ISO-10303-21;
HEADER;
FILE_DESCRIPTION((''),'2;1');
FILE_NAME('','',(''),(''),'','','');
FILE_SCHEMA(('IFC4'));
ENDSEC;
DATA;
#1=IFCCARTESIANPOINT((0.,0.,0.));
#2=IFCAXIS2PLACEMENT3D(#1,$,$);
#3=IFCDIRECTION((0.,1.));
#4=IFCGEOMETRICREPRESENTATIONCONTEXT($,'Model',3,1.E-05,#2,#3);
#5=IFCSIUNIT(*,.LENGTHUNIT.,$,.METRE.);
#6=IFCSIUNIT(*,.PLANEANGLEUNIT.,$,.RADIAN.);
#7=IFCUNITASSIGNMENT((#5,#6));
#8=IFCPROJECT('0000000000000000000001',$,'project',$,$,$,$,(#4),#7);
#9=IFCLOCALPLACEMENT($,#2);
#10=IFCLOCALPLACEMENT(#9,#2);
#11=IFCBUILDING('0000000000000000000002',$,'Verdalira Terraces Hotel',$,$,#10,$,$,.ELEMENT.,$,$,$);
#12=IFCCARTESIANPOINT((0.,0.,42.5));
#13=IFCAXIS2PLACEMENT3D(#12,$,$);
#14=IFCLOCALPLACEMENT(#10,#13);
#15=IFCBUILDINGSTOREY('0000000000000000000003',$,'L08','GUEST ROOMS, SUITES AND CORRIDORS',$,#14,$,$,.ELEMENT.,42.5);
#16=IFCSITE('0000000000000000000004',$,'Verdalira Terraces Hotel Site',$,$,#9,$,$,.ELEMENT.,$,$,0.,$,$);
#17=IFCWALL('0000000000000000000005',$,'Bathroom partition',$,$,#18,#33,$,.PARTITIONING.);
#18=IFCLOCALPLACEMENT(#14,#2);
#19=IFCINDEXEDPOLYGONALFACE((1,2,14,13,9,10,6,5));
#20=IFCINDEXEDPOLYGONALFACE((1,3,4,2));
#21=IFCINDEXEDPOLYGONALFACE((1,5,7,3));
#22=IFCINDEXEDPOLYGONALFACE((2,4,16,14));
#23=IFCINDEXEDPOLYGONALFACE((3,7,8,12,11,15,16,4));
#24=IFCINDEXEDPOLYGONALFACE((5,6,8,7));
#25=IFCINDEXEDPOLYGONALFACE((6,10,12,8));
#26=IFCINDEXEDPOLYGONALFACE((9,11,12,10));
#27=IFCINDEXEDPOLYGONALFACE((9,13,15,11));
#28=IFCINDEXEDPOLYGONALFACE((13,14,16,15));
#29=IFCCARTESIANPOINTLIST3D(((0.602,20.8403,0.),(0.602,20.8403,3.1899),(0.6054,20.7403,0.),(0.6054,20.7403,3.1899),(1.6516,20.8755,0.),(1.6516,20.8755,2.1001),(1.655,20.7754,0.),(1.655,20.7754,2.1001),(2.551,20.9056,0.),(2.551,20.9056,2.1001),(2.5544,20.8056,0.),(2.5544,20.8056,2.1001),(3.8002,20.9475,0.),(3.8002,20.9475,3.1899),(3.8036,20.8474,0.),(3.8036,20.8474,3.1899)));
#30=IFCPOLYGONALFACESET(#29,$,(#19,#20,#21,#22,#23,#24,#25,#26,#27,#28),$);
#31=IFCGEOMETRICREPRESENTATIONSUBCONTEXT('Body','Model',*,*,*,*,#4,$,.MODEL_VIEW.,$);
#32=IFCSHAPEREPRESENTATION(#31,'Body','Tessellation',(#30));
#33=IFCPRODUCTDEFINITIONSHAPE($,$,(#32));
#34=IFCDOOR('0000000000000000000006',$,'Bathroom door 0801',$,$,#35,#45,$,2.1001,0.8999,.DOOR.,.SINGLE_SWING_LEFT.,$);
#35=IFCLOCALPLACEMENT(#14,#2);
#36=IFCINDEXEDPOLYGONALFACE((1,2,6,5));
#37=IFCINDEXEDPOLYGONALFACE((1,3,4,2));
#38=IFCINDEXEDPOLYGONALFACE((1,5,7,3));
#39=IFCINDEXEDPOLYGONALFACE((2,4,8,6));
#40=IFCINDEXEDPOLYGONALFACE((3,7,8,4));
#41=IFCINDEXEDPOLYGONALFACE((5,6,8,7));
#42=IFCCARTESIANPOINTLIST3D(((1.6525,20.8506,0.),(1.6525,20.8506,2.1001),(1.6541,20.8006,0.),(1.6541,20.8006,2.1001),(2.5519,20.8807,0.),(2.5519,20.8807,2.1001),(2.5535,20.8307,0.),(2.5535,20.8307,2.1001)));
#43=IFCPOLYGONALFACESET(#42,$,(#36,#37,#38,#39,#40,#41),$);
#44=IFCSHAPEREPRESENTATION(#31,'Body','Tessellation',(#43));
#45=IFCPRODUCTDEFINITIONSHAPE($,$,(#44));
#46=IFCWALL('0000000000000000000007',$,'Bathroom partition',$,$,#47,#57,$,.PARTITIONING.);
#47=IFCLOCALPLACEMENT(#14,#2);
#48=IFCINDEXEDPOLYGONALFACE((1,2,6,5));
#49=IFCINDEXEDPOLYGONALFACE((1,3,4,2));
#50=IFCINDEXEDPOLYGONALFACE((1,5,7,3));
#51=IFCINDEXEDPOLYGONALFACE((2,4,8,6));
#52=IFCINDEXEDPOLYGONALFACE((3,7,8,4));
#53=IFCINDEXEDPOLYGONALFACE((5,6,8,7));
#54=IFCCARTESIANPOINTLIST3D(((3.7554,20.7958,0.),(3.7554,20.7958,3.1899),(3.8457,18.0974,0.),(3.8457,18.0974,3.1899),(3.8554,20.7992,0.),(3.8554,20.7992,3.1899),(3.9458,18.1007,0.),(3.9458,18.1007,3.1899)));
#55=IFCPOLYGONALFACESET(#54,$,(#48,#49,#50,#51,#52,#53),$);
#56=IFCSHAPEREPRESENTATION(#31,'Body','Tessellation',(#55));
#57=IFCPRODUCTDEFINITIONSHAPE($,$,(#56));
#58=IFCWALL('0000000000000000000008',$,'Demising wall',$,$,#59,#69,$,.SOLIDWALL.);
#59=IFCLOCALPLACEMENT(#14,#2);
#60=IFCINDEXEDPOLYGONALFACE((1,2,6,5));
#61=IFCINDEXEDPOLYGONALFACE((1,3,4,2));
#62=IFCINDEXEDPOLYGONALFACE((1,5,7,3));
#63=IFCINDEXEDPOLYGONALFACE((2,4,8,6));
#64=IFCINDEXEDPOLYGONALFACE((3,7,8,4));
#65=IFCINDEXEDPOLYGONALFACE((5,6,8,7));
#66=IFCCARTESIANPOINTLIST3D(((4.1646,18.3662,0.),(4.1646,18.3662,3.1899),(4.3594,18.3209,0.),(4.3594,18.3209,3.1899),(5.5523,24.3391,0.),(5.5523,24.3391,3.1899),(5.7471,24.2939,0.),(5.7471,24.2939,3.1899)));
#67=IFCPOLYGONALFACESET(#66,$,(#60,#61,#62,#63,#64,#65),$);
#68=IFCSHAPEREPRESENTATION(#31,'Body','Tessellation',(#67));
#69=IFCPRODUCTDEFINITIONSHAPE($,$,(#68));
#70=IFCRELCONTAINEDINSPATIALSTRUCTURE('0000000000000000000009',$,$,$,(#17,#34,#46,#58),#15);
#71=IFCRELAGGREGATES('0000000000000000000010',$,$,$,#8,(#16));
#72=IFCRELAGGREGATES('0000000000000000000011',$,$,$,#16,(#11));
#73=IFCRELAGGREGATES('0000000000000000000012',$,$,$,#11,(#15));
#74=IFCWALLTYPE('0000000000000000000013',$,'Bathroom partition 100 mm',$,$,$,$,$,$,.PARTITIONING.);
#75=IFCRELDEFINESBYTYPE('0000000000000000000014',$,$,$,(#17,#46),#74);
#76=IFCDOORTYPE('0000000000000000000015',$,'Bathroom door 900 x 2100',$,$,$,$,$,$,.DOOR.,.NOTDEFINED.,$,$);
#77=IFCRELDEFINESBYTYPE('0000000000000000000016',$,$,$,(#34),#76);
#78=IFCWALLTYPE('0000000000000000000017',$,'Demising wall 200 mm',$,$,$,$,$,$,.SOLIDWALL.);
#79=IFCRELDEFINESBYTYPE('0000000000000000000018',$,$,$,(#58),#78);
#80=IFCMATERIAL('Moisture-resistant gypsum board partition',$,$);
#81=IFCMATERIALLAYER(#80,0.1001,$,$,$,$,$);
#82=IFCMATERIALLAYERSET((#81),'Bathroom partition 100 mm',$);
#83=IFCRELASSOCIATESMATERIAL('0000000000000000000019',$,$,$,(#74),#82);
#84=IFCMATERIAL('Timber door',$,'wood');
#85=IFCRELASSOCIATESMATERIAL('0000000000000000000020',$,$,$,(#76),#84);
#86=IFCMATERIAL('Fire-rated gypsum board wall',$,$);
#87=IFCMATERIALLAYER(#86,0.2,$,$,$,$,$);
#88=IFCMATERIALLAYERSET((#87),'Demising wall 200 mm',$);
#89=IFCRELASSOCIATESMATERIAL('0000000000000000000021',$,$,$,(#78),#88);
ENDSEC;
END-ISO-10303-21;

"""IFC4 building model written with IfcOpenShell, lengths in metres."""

from ifc_helpers import new_model, si_unit, direction, frame, frame_2d, origin, place, context, subcontext, project, spatial, rectangle, extrude, material, layer, layer_set, type_object, element, fill, save


model = new_model("IFC4")

# Units and contexts
model_context = context("Model", 3, precision=1e-05, world=origin(), true_north=direction((0.0, 1.0)))
body_context = subcontext(model_context, "Body", "Model", "MODEL_VIEW")
ifc_project = project(units=[si_unit("LENGTHUNIT", "METRE"), si_unit("PLANEANGLEUNIT", "RADIAN")], contexts=[model_context])

# Site, building, storey
site_placement = place(None, origin())
site = spatial("IfcSite", under=ifc_project, at=site_placement, Name="Verdalira Terraces Hotel Site", CompositionType="ELEMENT", RefElevation=0.0)
building_placement = place(site_placement, origin())
building = spatial("IfcBuilding", under=site, at=building_placement, Name="Verdalira Terraces Hotel", CompositionType="ELEMENT")
storey_placement = place(building_placement, frame((0.0, 0.0, 42.5)))
storey = spatial("IfcBuildingStorey", under=building, at=storey_placement, Name="L08", Description="GUEST ROOMS, SUITES AND CORRIDORS", CompositionType="ELEMENT", Elevation=42.5)

# Wall, opening, door
ifc_material_1 = material(Name="Moisture-resistant gypsum board partition")
ifc_layer_1 = layer(ifc_material_1, 0.1001)
ifc_layer_set_1 = layer_set([ifc_layer_1], Name="Bathroom partition 100 mm")
wall_type_1 = type_object("IfcWallType", Name="Bathroom partition 100 mm", PredefinedType="PARTITIONING", material=ifc_layer_set_1)
wall_1_placement = place(storey_placement, frame((3.802, 20.8975, 0.0), z_axis=(0.0, 0.0, 1.0), x_axis=(-0.999439, -0.033493, 0.0)))
wall_1 = element("IfcWall", 1, at=wall_1_placement, inside=storey, type_object=wall_type_1, Name="Bathroom partition", PredefinedType="PARTITIONING", context=body_context, shape_type="SweptSolid", body=[
    extrude(rectangle(XDim=3.2, YDim=0.1001, at=frame_2d((1.6001, 0.0))), origin(), (0.0, 0.0, 1.0), 3.1899),
])
opening_1_placement = place(wall_1_placement, frame((1.25, 0.0, 0.0)))
opening_1 = element("IfcOpeningElement", 2, at=opening_1_placement, cuts=wall_1, PredefinedType="OPENING", context=body_context, shape_type="SweptSolid", body=[
    extrude(rectangle(XDim=0.8999, YDim=2.1001, at=frame_2d((0.45, 1.05))), frame((0.0, 0.0601, 0.0), z_axis=(0.0, -1.0, 0.0), x_axis=(1.0, 0.0, 0.0)), (0.0, 0.0, 1.0), 0.1201),
])
ifc_material_2 = material(Name="Timber door", Category="wood")
door_type_1 = type_object("IfcDoorType", Name="Bathroom door 900 x 2100", OperationType="NOTDEFINED", PredefinedType="DOOR", material=ifc_material_2)
door_1_placement = place(opening_1_placement, origin())
door_1 = element("IfcDoor", 3, at=door_1_placement, inside=storey, type_object=door_type_1, Name="Bathroom door 0801", OperationType="SINGLE_SWING_LEFT", OverallHeight=2.1001, OverallWidth=0.8999, PredefinedType="DOOR", context=body_context, shape_type="SweptSolid", body=[
    extrude(rectangle(XDim=0.8999, YDim=2.1001, at=frame_2d((0.45, 1.05))), frame((0.0, 0.0249, 0.0), z_axis=(0.0, -1.0, 0.0), x_axis=(1.0, 0.0, 0.0)), (0.0, 0.0, 1.0), 0.05),
])
fill(opening_1, door_1)

# Walls
wall_2_placement = place(storey_placement, frame((3.8054, 20.7976, 0.0), z_axis=(0.0, 0.0, 1.0), x_axis=(0.033456, -0.99944, 0.0)))
element("IfcWall", 4, at=wall_2_placement, inside=storey, type_object=wall_type_1, Name="Bathroom partition", PredefinedType="PARTITIONING", context=body_context, shape_type="SweptSolid", body=[
    extrude(rectangle(XDim=2.7, YDim=0.1001, at=frame_2d((1.3501, 0.0))), origin(), (0.0, 0.0, 1.0), 3.1899),
])
ifc_material_3 = material(Name="Fire-rated gypsum board wall")
ifc_layer_2 = layer(ifc_material_3, 0.2)
ifc_layer_set_2 = layer_set([ifc_layer_2], Name="Demising wall 200 mm")
wall_type_2 = type_object("IfcWallType", Name="Demising wall 200 mm", PredefinedType="SOLIDWALL", material=ifc_layer_set_2)
wall_3_placement = place(storey_placement, frame((5.6497, 24.3164, 0.0), z_axis=(0.0, 0.0, 1.0), x_axis=(-0.226304, -0.974057, 0.0)))
element("IfcWall", 5, at=wall_3_placement, inside=storey, type_object=wall_type_2, Name="Demising wall", PredefinedType="SOLIDWALL", context=body_context, shape_type="SweptSolid", body=[
    extrude(rectangle(XDim=6.1321, YDim=0.2, at=frame_2d((3.0659, 0.0))), origin(), (0.0, 0.0, 1.0), 3.1899),
])

save(model, "model.ifc")
